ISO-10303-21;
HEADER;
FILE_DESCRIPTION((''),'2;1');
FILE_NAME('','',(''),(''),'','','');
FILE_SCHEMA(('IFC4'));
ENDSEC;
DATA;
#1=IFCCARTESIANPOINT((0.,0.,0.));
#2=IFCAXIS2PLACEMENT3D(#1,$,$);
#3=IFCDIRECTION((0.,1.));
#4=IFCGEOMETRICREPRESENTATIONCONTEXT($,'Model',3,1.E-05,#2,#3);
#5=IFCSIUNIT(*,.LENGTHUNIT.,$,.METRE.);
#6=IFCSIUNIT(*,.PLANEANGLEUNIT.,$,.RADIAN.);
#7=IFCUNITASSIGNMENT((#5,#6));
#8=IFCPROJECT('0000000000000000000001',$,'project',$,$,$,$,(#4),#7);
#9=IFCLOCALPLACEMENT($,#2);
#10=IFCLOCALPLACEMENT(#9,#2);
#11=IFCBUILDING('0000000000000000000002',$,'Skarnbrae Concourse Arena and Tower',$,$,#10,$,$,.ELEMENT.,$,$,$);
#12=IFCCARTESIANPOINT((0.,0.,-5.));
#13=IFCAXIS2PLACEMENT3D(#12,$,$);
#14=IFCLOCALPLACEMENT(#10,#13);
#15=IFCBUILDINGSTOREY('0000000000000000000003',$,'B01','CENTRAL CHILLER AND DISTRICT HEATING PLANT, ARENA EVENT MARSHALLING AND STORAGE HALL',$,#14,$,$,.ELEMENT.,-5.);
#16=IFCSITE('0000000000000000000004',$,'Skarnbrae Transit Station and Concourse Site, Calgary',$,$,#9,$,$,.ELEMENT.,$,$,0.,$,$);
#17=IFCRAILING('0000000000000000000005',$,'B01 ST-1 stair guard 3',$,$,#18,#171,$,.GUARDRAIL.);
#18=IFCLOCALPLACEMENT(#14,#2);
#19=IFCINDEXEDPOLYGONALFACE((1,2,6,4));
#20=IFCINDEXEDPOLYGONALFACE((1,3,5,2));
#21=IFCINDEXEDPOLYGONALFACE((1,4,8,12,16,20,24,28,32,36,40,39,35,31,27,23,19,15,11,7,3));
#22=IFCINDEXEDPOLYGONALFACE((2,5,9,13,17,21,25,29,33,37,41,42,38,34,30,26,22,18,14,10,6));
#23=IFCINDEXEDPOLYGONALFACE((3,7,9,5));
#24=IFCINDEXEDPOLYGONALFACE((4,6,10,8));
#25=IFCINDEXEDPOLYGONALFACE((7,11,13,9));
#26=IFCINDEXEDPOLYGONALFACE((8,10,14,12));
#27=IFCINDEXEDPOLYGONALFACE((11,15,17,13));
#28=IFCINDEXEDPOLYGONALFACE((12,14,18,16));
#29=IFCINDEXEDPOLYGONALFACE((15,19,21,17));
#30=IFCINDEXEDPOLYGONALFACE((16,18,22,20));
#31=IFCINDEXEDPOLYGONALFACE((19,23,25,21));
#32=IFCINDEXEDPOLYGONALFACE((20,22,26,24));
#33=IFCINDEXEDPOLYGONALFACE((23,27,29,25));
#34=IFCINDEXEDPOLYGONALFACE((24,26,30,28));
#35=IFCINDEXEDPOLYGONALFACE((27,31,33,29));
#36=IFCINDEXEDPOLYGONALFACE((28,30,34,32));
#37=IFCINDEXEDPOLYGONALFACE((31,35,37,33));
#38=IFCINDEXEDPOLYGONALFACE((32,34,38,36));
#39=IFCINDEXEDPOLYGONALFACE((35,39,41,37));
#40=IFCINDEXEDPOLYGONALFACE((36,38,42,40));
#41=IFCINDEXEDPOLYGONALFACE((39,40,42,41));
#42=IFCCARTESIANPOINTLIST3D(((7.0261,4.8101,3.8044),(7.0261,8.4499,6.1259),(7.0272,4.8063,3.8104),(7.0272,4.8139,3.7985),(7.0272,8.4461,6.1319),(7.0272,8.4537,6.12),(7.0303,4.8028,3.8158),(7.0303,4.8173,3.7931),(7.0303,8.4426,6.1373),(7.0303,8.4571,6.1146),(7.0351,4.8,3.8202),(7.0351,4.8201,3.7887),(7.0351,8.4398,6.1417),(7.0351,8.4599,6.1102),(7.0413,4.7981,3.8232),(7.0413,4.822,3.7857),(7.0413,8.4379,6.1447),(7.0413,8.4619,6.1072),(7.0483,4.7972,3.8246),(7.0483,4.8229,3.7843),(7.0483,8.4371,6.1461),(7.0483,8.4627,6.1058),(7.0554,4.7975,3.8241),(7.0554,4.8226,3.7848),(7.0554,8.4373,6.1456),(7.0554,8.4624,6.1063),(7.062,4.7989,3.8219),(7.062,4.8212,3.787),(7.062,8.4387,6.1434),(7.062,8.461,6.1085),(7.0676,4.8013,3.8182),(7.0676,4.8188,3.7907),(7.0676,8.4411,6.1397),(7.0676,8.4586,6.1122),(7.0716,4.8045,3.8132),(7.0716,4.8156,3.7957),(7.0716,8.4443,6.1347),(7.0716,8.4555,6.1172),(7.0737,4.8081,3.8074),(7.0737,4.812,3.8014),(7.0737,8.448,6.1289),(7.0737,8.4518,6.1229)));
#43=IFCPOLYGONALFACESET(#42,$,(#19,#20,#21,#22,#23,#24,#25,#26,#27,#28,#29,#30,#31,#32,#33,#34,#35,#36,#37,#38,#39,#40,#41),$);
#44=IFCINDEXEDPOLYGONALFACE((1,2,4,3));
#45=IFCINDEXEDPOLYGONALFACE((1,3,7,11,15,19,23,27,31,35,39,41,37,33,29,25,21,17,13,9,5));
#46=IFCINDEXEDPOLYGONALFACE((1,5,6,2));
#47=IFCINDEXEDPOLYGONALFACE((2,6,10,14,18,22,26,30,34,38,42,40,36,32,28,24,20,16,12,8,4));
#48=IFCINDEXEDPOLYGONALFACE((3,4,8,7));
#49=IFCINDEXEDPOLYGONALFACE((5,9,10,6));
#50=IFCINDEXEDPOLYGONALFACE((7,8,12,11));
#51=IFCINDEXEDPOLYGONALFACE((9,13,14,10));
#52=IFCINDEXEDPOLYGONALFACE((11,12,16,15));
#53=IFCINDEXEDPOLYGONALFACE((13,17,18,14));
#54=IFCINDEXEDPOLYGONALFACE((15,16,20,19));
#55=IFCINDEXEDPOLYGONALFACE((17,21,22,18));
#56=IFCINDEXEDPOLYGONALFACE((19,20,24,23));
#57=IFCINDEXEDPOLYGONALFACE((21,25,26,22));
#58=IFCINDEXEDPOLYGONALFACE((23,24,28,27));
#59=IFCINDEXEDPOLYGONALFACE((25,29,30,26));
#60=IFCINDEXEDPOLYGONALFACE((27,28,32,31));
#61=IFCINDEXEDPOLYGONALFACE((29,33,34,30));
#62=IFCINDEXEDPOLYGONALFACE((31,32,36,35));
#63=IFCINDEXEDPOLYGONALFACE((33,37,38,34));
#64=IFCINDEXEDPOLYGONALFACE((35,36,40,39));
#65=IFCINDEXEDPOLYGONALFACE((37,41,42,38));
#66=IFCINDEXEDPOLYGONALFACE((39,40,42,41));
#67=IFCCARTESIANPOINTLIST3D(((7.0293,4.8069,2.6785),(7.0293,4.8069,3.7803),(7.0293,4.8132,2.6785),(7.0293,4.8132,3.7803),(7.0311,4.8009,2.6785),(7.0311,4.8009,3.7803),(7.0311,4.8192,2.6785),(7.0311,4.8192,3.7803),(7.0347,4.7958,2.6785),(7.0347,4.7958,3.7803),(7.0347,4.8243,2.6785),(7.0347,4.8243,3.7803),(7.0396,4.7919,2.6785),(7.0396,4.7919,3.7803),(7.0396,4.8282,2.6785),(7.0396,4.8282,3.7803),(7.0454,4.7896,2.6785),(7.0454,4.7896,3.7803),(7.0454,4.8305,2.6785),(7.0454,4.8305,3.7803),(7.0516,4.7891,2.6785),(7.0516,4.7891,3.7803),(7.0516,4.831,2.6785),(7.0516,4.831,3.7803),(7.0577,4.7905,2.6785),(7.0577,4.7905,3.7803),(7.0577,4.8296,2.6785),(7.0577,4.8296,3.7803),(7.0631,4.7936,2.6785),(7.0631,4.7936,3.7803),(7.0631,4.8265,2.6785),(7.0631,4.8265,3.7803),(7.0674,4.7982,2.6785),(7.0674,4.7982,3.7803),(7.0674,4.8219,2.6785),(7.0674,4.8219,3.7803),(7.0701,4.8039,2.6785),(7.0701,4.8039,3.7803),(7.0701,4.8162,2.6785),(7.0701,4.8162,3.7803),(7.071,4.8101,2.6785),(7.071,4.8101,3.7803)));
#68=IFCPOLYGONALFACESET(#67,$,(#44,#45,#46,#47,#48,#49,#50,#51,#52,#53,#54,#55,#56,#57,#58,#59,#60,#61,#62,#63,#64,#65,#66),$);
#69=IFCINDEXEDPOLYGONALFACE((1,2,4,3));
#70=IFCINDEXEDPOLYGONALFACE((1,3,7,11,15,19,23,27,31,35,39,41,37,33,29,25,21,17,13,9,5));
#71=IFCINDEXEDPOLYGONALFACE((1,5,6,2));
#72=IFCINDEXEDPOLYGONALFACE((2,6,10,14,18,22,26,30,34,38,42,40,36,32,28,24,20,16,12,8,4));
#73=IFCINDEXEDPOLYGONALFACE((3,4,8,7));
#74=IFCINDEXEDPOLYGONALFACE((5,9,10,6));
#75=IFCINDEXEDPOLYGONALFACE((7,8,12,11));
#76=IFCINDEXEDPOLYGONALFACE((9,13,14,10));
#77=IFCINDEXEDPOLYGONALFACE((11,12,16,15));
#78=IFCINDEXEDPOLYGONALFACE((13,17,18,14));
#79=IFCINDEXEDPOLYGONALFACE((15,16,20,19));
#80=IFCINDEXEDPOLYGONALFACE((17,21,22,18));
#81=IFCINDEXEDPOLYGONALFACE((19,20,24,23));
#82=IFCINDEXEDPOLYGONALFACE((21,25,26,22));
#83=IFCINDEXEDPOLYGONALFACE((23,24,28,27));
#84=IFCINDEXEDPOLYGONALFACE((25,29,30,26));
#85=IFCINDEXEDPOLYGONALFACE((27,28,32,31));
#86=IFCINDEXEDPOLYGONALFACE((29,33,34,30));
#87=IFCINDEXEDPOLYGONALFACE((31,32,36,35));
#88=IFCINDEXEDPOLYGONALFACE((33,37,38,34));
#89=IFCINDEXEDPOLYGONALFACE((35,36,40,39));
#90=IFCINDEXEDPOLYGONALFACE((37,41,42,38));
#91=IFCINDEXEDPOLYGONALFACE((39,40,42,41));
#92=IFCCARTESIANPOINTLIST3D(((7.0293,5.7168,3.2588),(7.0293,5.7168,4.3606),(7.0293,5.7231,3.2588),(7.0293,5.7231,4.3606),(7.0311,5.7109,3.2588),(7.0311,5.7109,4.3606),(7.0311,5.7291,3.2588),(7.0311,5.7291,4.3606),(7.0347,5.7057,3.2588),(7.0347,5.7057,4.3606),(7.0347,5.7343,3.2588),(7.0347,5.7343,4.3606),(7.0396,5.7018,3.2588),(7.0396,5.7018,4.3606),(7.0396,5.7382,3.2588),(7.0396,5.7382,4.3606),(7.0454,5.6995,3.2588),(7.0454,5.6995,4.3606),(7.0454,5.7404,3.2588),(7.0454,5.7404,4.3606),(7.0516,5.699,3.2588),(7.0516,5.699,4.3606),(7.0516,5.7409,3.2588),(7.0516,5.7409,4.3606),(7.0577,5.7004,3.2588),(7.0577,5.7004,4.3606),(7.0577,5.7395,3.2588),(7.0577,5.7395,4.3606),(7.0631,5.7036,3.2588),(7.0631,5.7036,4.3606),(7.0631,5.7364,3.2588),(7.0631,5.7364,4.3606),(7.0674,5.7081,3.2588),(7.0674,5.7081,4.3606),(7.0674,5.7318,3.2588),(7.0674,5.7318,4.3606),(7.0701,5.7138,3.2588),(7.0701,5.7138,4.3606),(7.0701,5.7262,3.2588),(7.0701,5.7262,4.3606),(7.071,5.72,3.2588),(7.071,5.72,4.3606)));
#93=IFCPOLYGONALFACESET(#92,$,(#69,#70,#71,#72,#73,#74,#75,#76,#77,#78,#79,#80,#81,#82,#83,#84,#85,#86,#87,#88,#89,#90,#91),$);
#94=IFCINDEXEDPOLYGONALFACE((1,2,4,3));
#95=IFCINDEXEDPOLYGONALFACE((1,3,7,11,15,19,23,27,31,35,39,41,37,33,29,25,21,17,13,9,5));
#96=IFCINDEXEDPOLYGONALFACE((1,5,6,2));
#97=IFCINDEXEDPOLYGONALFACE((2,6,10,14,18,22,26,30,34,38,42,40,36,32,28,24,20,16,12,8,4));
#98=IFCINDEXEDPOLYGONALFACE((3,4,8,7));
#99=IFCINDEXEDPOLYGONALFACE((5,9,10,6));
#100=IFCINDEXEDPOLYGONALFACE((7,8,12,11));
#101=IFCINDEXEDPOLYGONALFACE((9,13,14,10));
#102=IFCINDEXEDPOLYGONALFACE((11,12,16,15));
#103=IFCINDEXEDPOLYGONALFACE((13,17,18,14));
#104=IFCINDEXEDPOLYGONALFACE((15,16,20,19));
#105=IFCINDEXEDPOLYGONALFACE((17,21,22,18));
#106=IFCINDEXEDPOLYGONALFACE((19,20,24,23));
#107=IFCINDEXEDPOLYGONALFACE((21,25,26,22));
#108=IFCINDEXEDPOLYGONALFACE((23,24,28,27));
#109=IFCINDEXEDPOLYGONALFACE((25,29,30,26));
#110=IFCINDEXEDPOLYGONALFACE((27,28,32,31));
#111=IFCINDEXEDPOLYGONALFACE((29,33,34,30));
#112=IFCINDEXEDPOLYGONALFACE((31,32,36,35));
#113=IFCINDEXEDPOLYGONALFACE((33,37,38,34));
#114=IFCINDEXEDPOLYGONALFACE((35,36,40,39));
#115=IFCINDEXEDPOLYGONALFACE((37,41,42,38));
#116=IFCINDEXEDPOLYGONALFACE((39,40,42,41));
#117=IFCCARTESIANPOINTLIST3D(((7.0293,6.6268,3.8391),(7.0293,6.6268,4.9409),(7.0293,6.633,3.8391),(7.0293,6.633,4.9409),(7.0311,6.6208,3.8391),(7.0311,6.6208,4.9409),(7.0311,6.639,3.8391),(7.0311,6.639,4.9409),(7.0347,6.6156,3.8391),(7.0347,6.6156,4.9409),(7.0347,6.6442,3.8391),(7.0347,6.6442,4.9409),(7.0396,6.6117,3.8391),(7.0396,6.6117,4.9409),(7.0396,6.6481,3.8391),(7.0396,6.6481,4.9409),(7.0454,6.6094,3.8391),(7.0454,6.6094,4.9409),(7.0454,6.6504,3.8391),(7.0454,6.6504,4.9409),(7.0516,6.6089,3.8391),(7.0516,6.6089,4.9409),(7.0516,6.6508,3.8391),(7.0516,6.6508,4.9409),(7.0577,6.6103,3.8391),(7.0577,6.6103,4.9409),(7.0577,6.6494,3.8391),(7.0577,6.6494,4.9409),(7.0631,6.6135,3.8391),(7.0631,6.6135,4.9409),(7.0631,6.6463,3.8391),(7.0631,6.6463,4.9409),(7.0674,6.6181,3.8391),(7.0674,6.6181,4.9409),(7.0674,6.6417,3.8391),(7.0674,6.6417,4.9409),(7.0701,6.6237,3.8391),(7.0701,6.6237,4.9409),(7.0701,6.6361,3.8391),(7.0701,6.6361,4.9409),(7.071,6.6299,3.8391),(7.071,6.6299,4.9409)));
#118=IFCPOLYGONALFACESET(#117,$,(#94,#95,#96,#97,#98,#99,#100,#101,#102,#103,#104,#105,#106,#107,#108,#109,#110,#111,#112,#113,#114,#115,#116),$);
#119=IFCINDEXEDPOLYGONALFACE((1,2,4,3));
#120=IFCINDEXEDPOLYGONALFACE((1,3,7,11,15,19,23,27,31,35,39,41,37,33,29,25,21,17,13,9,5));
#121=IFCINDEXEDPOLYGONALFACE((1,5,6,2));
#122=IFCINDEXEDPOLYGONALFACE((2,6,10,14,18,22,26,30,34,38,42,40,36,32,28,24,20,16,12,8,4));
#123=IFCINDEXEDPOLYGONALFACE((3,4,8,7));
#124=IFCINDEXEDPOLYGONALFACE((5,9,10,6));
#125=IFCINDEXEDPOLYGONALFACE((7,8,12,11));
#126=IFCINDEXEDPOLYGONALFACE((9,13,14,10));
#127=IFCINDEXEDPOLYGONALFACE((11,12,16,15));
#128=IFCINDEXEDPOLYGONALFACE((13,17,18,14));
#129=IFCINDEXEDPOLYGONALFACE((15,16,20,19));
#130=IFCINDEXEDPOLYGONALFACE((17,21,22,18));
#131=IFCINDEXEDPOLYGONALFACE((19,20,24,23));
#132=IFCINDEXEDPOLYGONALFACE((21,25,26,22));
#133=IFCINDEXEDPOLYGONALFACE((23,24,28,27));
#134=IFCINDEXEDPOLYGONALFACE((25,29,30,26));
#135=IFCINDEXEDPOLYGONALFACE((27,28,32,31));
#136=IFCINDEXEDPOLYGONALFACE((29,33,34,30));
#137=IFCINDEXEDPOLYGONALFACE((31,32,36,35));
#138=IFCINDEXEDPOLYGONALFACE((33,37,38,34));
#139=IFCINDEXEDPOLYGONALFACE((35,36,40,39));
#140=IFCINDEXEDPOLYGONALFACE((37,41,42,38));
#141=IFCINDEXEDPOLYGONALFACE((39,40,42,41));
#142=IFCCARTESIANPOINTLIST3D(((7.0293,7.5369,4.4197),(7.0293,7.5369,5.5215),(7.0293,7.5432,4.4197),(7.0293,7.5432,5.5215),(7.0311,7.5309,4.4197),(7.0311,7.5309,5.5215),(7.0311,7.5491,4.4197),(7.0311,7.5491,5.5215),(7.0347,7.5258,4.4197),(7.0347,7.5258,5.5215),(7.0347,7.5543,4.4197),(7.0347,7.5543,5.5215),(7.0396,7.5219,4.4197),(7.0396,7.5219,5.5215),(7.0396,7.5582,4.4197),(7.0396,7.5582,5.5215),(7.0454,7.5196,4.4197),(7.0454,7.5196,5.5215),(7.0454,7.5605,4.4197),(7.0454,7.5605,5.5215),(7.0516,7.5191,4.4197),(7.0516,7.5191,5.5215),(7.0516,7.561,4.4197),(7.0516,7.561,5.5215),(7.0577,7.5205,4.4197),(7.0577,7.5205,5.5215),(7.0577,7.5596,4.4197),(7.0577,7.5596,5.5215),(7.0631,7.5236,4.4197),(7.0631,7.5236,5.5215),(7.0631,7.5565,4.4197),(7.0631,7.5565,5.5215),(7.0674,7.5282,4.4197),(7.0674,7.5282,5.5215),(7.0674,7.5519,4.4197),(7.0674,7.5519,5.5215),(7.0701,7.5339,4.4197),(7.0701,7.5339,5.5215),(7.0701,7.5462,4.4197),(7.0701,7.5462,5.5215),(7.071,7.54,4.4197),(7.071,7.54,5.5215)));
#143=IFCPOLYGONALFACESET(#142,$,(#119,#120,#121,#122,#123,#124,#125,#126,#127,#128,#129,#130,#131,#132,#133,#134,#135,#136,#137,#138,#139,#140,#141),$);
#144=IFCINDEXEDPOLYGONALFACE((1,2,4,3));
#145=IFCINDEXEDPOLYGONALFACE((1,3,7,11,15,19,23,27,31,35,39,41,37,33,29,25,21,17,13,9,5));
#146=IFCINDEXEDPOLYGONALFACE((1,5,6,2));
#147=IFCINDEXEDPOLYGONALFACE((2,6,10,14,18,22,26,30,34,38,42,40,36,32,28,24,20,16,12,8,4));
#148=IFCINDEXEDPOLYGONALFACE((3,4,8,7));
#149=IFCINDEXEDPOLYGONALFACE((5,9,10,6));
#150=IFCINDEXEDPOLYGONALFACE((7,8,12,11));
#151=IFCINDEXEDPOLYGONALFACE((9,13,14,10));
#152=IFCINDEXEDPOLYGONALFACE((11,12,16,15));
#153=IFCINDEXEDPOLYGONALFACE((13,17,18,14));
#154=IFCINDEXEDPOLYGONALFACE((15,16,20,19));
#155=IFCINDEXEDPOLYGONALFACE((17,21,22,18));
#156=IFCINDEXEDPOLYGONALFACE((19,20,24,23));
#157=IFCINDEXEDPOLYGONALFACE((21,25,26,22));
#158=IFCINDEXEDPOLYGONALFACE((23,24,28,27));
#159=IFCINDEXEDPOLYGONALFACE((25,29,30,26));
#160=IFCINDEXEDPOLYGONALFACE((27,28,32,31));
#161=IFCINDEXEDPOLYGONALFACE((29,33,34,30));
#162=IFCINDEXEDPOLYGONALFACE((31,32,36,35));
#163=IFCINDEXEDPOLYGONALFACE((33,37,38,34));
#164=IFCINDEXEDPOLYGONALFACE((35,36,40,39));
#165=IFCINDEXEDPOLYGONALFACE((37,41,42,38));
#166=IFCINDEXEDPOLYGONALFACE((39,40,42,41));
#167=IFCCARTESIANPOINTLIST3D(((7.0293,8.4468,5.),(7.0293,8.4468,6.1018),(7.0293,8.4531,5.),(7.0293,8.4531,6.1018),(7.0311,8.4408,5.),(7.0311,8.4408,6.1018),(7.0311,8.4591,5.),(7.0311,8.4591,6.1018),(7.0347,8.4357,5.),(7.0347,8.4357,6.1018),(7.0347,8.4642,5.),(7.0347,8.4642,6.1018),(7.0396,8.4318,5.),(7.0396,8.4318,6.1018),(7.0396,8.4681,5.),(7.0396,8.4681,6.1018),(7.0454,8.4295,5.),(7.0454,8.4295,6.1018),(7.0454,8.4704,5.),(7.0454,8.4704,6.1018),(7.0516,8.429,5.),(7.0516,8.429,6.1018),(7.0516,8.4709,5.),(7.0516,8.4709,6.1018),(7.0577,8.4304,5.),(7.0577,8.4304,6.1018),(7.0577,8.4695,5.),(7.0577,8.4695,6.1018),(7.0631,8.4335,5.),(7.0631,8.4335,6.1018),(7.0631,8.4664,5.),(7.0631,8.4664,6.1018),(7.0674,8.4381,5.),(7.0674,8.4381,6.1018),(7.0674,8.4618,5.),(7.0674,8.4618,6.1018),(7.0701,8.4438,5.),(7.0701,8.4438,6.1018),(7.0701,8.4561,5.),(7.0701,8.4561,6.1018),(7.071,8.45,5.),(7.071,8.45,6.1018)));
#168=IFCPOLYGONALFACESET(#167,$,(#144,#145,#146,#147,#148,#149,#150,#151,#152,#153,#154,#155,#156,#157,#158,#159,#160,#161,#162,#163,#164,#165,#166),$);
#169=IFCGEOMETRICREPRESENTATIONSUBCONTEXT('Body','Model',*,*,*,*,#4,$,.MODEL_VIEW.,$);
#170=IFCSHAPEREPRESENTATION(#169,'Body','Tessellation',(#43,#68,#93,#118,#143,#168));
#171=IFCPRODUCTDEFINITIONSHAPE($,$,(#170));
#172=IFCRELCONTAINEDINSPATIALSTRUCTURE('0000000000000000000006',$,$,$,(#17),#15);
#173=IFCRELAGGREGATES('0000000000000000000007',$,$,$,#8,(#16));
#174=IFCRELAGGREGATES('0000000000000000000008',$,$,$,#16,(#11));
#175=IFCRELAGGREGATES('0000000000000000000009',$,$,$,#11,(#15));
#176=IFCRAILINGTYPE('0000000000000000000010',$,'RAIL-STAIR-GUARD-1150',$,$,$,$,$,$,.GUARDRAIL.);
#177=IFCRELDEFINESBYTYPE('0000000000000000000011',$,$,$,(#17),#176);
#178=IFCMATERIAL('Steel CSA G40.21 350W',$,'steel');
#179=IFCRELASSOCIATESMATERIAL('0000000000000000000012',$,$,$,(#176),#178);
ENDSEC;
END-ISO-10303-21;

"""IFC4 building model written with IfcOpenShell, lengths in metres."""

from ifc_helpers import new_model, si_unit, direction, frame, origin, origin_2d, place, context, subcontext, project, spatial, circle, extrude, material, type_object, element, save


model = new_model("IFC4")

# Units and contexts
model_context = context("Model", 3, precision=1e-05, world=origin(), true_north=direction((0.0, 1.0)))
body_context = subcontext(model_context, "Body", "Model", "MODEL_VIEW")
ifc_project = project(units=[si_unit("LENGTHUNIT", "METRE"), si_unit("PLANEANGLEUNIT", "RADIAN")], contexts=[model_context])

# Site, building, storey
site_placement = place(None, origin())
site = spatial("IfcSite", under=ifc_project, at=site_placement, Name="Skarnbrae Transit Station and Concourse Site, Calgary", CompositionType="ELEMENT", RefElevation=0.0)
building_placement = place(site_placement, origin())
building = spatial("IfcBuilding", under=site, at=building_placement, Name="Skarnbrae Concourse Arena and Tower", CompositionType="ELEMENT")
storey_placement = place(building_placement, frame((0.0, 0.0, -5.0)))
storey = spatial("IfcBuildingStorey", under=building, at=storey_placement, Name="B01", Description="CENTRAL CHILLER AND DISTRICT HEATING PLANT, ARENA EVENT MARSHALLING AND STORAGE HALL", CompositionType="ELEMENT", Elevation=-5.0)

# Railing
ifc_material_1 = material(Name="Steel CSA G40.21 350W", Category="steel")
railing_type = type_object("IfcRailingType", Name="RAIL-STAIR-GUARD-1150", PredefinedType="GUARDRAIL", material=ifc_material_1)
railing_1_placement = place(storey_placement, frame((7.05, 4.8101, 2.6785)))
element("IfcRailing", 1, at=railing_1_placement, inside=storey, type_object=railing_type, Name="B01 ST-1 stair guard 3", PredefinedType="GUARDRAIL", context=body_context, shape_type="SweptSolid", body=[
    extrude(circle(Radius=0.0239, at=origin_2d()), frame((0.0, 0.0, 1.126), z_axis=(0.0, 0.843112, 0.537739), x_axis=(-1.0, 0.0, 0.0)), (0.0, 0.0, 1.0), 4.3171),
    extrude(circle(Radius=0.021, at=origin_2d()), origin(), (0.0, 0.0, 1.0), 1.1018),
    extrude(circle(Radius=0.021, at=origin_2d()), frame((0.0, 0.9099, 0.5803)), (0.0, 0.0, 1.0), 1.1018),
    extrude(circle(Radius=0.021, at=origin_2d()), frame((0.0, 1.8198, 1.1606)), (0.0, 0.0, 1.0), 1.1018),
    extrude(circle(Radius=0.021, at=origin_2d()), frame((0.0, 2.73, 1.7412)), (0.0, 0.0, 1.0), 1.1018),
    extrude(circle(Radius=0.021, at=origin_2d()), frame((0.0, 3.6399, 2.3215)), (0.0, 0.0, 1.0), 1.1018),
])

save(model, "model.ifc")
